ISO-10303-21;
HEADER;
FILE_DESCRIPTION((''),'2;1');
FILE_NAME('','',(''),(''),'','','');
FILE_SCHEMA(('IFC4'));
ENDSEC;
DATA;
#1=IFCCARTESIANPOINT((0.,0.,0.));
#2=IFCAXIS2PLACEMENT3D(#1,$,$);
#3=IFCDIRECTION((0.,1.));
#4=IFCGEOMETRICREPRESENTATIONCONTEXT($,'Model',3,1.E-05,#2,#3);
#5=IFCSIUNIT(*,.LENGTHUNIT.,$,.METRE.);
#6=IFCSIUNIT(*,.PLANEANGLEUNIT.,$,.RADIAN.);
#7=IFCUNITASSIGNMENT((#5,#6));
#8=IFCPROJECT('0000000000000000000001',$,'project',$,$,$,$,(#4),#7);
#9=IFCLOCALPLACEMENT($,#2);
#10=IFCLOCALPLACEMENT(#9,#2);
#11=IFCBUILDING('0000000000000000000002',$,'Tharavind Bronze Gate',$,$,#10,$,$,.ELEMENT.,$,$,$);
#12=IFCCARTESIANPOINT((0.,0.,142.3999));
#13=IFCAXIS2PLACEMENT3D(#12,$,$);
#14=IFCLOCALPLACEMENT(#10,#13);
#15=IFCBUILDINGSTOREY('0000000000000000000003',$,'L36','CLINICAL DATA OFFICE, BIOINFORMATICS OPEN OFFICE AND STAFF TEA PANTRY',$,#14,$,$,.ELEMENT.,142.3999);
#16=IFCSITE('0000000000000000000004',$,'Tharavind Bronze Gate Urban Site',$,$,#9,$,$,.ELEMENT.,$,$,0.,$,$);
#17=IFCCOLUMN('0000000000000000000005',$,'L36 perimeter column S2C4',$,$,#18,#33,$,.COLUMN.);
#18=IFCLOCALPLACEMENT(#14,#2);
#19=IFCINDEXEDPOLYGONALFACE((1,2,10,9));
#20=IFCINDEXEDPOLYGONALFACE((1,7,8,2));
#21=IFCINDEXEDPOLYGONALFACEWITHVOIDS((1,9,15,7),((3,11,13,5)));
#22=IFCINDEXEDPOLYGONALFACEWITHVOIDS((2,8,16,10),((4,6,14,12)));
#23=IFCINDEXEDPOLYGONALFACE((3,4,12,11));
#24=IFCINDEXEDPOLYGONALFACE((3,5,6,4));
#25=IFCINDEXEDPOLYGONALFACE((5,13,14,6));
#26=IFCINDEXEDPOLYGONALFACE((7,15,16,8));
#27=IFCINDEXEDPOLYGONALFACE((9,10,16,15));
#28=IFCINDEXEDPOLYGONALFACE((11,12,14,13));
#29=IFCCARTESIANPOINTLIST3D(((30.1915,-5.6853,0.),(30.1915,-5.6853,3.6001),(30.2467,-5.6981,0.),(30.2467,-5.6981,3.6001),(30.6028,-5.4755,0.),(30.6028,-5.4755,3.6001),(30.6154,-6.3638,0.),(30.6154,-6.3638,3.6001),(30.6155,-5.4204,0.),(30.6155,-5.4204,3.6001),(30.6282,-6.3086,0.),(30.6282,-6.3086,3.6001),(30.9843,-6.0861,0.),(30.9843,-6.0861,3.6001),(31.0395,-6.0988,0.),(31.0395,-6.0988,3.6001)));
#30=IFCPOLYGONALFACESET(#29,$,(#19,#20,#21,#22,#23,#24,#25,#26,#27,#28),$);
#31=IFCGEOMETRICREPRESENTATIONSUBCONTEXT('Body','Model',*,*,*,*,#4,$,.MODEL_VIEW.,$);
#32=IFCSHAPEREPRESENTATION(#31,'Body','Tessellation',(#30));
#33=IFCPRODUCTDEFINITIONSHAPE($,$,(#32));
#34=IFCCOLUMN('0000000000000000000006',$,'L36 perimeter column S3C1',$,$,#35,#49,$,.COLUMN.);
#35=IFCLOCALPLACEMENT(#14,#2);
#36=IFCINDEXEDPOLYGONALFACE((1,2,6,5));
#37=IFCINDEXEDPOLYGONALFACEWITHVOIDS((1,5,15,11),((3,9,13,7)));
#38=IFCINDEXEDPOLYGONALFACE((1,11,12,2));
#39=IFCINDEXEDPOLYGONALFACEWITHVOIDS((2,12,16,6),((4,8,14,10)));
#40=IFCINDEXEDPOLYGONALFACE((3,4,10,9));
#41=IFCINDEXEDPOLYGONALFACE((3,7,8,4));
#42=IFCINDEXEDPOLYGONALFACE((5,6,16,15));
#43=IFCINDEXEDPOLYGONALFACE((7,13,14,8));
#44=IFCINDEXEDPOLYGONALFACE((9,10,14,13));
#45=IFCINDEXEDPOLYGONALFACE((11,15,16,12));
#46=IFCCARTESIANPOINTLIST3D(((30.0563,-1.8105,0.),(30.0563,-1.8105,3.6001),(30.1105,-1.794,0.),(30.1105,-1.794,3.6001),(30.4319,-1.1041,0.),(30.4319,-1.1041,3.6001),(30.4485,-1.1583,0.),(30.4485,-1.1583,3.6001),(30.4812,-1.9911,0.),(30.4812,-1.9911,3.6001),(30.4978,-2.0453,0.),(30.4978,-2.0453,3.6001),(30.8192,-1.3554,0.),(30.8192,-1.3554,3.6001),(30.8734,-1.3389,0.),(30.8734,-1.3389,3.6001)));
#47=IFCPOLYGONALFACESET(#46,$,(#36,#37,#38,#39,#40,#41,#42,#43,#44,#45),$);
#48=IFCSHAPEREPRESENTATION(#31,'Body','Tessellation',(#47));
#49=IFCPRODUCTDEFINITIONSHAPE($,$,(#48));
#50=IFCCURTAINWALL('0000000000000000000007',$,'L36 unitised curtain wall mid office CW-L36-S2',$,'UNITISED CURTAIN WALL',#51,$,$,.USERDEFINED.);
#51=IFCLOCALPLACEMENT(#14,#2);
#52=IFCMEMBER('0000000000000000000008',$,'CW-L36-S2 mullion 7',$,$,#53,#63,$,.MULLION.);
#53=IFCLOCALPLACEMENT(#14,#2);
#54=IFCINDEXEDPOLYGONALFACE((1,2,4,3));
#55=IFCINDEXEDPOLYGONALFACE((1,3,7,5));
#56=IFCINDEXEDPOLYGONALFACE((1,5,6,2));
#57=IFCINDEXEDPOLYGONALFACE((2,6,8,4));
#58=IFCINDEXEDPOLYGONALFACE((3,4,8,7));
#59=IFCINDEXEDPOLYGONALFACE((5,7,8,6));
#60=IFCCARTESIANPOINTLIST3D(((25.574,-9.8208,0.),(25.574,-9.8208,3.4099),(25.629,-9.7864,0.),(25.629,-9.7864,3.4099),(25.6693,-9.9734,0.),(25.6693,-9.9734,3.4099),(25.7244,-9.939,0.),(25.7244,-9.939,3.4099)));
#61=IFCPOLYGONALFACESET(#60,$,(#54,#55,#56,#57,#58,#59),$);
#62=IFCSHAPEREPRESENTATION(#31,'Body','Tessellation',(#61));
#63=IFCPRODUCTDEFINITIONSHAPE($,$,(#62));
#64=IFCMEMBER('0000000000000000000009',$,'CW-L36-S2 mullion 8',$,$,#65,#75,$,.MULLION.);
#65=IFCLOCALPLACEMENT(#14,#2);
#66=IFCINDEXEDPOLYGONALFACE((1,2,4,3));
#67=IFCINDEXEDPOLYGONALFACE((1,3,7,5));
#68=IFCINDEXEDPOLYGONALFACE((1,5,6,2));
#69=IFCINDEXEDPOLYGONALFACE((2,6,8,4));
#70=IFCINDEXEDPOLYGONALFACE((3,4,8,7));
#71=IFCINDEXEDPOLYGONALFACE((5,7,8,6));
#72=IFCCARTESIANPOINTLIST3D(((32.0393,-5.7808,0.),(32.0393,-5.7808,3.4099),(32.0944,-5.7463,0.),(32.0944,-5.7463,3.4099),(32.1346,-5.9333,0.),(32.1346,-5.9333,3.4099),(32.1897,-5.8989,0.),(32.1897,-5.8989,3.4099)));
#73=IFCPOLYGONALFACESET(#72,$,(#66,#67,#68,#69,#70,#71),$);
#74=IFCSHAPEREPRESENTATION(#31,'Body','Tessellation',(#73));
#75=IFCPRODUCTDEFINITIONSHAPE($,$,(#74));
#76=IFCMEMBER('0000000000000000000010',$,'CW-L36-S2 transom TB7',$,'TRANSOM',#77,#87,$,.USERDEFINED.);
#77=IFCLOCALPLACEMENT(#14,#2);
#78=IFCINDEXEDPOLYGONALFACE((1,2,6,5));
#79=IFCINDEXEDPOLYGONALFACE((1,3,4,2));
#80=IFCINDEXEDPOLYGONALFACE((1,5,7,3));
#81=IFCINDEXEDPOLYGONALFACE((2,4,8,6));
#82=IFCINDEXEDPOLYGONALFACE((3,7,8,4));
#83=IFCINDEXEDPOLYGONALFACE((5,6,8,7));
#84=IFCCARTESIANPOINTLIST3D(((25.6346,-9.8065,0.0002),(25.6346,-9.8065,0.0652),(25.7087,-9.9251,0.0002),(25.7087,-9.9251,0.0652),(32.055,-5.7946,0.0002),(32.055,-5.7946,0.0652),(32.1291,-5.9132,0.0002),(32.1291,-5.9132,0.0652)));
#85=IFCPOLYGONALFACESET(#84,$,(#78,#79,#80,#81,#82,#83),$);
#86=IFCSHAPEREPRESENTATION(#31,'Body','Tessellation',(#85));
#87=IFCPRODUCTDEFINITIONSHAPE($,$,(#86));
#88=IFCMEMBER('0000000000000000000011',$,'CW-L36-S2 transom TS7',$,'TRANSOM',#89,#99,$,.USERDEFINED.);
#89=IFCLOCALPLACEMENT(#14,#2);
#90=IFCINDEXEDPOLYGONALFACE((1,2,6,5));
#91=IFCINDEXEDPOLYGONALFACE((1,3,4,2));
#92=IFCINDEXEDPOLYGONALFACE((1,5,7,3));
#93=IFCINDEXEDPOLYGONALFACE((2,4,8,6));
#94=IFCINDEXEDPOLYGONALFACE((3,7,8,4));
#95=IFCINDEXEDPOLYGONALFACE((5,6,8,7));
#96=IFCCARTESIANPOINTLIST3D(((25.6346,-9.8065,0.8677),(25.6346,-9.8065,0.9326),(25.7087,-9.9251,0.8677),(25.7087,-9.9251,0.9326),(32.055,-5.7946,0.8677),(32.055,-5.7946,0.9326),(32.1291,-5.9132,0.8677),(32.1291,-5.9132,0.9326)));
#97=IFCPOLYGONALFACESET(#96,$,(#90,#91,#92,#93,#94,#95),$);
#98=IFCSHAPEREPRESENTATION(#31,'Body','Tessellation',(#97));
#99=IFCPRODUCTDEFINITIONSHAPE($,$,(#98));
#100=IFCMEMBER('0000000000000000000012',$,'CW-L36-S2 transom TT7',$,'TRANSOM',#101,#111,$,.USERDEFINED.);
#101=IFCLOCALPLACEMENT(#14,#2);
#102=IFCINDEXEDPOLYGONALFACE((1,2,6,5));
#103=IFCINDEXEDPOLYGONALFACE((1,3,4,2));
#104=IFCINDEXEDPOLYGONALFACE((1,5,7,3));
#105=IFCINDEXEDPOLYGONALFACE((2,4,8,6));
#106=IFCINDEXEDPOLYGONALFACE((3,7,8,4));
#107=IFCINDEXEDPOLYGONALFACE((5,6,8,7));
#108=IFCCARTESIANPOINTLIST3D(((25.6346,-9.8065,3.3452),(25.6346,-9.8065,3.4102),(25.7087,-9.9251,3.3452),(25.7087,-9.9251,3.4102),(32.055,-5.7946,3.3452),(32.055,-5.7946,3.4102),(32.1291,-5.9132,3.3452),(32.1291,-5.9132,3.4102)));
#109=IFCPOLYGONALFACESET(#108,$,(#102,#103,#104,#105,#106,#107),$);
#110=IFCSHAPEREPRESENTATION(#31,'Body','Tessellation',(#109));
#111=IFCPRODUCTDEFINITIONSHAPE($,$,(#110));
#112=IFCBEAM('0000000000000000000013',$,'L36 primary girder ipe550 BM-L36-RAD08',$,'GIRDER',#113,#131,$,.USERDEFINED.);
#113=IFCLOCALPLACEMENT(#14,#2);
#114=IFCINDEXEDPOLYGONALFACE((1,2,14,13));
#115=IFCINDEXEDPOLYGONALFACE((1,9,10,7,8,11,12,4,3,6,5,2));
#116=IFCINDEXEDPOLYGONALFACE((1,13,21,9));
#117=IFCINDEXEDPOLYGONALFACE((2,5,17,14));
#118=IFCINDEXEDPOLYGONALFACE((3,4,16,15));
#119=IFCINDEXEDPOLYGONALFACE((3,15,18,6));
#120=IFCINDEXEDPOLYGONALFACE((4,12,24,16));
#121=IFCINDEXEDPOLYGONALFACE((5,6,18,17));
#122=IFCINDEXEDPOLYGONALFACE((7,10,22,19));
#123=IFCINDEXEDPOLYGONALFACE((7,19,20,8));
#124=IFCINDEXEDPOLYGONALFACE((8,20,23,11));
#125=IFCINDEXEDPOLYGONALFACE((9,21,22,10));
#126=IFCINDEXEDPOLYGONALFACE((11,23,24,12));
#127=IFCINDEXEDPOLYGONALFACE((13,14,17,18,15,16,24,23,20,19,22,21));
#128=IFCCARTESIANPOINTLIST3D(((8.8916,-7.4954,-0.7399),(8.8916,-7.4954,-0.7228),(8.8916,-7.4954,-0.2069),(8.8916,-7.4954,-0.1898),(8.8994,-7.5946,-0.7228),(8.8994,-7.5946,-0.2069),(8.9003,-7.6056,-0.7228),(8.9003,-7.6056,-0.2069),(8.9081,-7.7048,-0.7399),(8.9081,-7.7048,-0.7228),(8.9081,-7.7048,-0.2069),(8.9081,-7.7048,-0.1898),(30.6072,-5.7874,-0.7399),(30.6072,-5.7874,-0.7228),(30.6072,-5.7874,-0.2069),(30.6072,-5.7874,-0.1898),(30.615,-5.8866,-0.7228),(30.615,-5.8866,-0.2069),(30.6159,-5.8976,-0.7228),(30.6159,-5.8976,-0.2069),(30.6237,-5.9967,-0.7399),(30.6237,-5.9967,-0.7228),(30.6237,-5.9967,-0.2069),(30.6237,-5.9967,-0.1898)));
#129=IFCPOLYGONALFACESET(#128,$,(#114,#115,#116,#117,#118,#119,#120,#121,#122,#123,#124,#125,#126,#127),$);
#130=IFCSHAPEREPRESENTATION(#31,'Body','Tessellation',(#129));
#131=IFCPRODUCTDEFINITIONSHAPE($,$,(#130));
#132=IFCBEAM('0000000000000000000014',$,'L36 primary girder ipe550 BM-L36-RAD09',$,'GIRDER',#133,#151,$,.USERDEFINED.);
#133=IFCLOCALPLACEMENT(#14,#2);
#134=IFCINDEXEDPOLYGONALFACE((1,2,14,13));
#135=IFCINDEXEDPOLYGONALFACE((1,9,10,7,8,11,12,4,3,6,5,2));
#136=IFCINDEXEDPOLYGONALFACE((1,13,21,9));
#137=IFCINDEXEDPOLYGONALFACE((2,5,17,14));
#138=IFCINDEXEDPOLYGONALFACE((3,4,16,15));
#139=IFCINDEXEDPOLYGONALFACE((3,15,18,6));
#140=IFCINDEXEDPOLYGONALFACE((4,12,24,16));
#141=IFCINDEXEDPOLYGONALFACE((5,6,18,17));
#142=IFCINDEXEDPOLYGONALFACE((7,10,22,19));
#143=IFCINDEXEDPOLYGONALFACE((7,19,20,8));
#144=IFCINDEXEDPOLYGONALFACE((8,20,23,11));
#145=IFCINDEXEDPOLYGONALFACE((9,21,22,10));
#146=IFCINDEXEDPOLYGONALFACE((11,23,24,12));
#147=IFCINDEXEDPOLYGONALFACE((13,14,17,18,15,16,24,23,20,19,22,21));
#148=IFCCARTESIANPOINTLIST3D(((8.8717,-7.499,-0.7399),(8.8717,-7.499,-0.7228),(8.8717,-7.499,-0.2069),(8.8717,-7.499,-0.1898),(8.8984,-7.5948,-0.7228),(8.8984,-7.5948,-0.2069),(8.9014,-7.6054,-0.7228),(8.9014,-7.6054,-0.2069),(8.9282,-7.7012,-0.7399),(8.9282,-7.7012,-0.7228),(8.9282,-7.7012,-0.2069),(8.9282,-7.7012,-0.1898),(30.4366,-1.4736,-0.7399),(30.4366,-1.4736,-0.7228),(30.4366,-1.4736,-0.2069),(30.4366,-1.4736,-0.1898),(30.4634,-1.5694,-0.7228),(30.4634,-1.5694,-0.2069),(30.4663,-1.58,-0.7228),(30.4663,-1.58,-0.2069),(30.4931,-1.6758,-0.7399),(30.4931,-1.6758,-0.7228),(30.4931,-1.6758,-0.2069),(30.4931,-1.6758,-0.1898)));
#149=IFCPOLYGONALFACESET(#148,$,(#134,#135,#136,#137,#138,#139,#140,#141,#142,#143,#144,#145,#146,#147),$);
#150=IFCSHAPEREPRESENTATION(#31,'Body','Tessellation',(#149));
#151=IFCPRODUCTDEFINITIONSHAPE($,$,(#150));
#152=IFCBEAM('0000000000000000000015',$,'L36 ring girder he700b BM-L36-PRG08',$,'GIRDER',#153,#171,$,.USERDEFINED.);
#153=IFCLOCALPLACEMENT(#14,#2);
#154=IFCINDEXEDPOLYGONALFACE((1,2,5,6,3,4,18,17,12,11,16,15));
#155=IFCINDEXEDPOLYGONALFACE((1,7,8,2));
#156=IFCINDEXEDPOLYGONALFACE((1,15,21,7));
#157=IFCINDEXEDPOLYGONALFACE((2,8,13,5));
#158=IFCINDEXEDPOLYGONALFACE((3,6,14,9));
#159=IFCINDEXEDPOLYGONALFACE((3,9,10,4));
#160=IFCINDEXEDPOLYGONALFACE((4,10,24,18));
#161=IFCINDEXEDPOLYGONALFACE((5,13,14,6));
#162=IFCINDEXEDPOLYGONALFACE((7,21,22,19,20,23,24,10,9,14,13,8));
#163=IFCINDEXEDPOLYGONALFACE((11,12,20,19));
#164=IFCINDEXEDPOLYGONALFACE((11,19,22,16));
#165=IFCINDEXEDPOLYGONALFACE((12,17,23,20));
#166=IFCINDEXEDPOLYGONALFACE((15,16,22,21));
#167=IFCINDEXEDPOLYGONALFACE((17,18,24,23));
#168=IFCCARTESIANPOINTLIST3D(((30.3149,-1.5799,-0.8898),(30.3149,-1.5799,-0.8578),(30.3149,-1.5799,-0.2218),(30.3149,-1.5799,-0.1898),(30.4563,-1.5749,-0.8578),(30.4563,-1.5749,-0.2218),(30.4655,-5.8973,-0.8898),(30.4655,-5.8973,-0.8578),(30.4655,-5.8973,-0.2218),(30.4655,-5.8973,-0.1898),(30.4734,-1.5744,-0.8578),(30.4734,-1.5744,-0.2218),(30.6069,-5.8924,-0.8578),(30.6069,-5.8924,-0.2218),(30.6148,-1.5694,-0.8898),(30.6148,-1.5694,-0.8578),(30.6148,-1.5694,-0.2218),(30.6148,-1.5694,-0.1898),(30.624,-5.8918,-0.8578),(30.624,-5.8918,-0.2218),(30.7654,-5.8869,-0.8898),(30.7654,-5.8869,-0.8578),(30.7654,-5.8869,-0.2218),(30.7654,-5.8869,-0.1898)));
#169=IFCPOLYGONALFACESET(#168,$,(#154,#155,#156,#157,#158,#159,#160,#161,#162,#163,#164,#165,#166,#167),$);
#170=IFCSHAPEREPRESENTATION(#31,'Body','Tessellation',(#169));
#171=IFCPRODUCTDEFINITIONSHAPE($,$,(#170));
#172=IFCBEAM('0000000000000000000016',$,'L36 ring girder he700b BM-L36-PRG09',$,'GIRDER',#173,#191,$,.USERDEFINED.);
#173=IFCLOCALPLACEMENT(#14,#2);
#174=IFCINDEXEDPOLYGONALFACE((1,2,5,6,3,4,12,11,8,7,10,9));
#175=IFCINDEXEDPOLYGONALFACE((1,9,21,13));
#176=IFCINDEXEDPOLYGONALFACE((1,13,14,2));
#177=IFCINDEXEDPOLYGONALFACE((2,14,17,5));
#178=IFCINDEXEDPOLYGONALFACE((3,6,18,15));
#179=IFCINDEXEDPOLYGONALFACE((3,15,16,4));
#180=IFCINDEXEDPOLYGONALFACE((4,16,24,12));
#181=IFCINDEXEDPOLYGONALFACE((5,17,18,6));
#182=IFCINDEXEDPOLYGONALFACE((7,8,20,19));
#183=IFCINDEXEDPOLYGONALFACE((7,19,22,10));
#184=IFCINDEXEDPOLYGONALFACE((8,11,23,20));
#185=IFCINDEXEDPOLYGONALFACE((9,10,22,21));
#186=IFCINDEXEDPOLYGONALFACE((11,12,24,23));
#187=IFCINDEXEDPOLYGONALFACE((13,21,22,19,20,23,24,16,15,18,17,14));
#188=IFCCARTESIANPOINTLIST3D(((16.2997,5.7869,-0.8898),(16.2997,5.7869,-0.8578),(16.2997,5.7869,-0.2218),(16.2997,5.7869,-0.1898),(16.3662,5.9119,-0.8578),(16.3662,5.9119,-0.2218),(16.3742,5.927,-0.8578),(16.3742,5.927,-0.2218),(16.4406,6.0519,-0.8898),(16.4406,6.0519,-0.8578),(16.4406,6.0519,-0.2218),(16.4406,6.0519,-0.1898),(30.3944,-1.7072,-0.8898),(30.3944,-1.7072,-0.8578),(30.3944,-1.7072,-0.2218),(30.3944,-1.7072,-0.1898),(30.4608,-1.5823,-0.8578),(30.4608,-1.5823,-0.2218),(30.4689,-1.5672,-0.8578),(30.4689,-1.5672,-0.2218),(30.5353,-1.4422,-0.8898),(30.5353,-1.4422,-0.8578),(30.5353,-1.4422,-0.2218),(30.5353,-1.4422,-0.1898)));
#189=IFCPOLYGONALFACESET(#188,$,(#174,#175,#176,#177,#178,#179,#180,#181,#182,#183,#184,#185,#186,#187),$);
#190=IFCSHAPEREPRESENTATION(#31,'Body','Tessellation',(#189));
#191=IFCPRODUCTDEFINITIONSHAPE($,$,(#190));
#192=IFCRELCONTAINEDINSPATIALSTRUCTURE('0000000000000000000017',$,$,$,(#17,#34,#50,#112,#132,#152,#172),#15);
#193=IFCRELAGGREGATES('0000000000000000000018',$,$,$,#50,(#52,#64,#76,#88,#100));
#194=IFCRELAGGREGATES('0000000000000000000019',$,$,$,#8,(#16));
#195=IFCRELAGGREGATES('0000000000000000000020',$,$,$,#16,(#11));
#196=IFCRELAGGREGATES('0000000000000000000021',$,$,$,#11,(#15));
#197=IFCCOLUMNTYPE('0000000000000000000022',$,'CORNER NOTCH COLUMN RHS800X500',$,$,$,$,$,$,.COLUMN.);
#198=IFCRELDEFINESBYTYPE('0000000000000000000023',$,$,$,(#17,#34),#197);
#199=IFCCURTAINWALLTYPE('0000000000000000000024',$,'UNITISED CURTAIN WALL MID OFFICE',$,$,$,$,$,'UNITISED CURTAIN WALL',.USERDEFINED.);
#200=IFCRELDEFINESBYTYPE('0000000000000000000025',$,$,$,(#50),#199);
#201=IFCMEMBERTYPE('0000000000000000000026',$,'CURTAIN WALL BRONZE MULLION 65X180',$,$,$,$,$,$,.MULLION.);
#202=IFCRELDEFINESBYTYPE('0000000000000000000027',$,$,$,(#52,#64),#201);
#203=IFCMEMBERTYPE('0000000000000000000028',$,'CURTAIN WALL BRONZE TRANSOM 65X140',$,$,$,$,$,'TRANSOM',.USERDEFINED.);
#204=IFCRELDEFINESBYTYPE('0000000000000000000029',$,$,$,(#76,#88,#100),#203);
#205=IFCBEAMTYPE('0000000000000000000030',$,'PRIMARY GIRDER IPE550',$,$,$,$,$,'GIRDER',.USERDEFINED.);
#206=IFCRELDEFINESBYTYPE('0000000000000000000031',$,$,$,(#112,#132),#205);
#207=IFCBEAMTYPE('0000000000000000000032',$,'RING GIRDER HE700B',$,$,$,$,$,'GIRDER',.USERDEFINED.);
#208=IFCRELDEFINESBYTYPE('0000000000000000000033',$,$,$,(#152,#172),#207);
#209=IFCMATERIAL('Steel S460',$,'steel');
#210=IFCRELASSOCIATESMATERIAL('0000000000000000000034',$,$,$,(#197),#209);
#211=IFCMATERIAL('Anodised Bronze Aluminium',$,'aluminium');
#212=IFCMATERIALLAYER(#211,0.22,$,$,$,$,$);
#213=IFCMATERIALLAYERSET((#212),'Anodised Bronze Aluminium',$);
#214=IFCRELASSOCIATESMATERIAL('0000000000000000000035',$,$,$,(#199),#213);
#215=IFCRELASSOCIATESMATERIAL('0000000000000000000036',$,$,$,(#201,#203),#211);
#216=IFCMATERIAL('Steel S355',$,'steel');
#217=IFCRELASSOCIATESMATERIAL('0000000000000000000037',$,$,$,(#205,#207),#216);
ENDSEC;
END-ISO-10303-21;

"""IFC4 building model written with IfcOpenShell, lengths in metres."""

from ifc_helpers import new_model, si_unit, direction, frame, origin, origin_2d, place, context, subcontext, project, spatial, rectangle, hollow_rectangle, i_section, extrude, material, layer, layer_set, material_profile, profile_set, type_object, element, aggregate, save


model = new_model("IFC4")

# Units and contexts
model_context = context("Model", 3, precision=1e-05, world=origin(), true_north=direction((0.0, 1.0)))
body_context = subcontext(model_context, "Body", "Model", "MODEL_VIEW")
ifc_project = project(units=[si_unit("LENGTHUNIT", "METRE"), si_unit("PLANEANGLEUNIT", "RADIAN")], contexts=[model_context])

# Site, building, storey
site_placement = place(None, origin())
site = spatial("IfcSite", under=ifc_project, at=site_placement, Name="Tharavind Bronze Gate Urban Site", CompositionType="ELEMENT", RefElevation=0.0)
building_placement = place(site_placement, origin())
building = spatial("IfcBuilding", under=site, at=building_placement, Name="Tharavind Bronze Gate", CompositionType="ELEMENT")
storey_placement = place(building_placement, frame((0.0, 0.0, 142.3999)))
storey = spatial("IfcBuildingStorey", under=building, at=storey_placement, Name="L36", Description="CLINICAL DATA OFFICE, BIOINFORMATICS OPEN OFFICE AND STAFF TEA PANTRY", CompositionType="ELEMENT", Elevation=142.3999)

# Columns
ifc_material_1 = material(Name="Steel S460", Category="steel")
ifc_material_profile_1 = material_profile(ifc_material_1, hollow_rectangle(XDim=0.5, YDim=0.8, WallThickness=0.04, at=origin_2d()), Name="RHS800X500X40")
ifc_profile_set_1 = profile_set([ifc_material_profile_1], Name="Steel S460")
column_type = type_object("IfcColumnType", Name="CORNER NOTCH COLUMN RHS800X500", PredefinedType="COLUMN", material=ifc_profile_set_1)
for number, where, z_axis, x_axis, name in (
    (1, (30.6155, -5.8921, 0.0), (0.0, 0.0, 1.0), (0.848047, 0.529921, 0.0), "L36 perimeter column S2C4"),
    (2, (30.4648, -1.5747, 0.0), (0.0, 0.0, 1.0), (-0.882948, 0.46947, 0.0), "L36 perimeter column S3C1"),
):
    element("IfcColumn", number, at=place(storey_placement, frame(where, z_axis=z_axis, x_axis=x_axis)), inside=storey, type_object=column_type, Name=name, PredefinedType="COLUMN", context=body_context, shape_type="SweptSolid", body=[
        extrude(hollow_rectangle(XDim=0.5, YDim=0.8, WallThickness=0.04, at=origin_2d()), origin(), (0.0, 0.0, 1.0), 3.6001),
    ])

# Curtain wall, members
ifc_material_2 = material(Name="Anodised Bronze Aluminium", Category="aluminium")
ifc_layer_1 = layer(ifc_material_2, 0.22)
ifc_layer_set_1 = layer_set([ifc_layer_1], Name="Anodised Bronze Aluminium")
curtain_wall_type = type_object("IfcCurtainWallType", Name="UNITISED CURTAIN WALL MID OFFICE", ElementType="UNITISED CURTAIN WALL", PredefinedType="USERDEFINED", material=ifc_layer_set_1)
curtain_wall_placement = place(storey_placement, origin())
curtain_wall = element("IfcCurtainWall", 3, at=curtain_wall_placement, inside=storey, type_object=curtain_wall_type, Name="L36 unitised curtain wall mid office CW-L36-S2", ObjectType="UNITISED CURTAIN WALL", PredefinedType="USERDEFINED")
member_type_1 = type_object("IfcMemberType", Name="CURTAIN WALL BRONZE MULLION 65X180", PredefinedType="MULLION", material=ifc_material_2)
member_1_placement = place(storey_placement, frame((25.6492, -9.8799, 0.0), z_axis=(0.0, 0.0, 1.0), x_axis=(0.848048, 0.529919, 0.0)))
member_1 = element("IfcMember", 4, at=member_1_placement, type_object=member_type_1, Name="CW-L36-S2 mullion 7", PredefinedType="MULLION", context=body_context, shape_type="SweptSolid", body=[
    extrude(rectangle(XDim=0.0649, YDim=0.1799, at=origin_2d()), origin(), (0.0, 0.0, 1.0), 3.4099),
])
member_2_placement = place(storey_placement, frame((32.1145, -5.8398, 0.0), z_axis=(0.0, 0.0, 1.0), x_axis=(0.848048, 0.529919, 0.0)))
member_2 = element("IfcMember", 5, at=member_2_placement, type_object=member_type_1, Name="CW-L36-S2 mullion 8", PredefinedType="MULLION", context=body_context, shape_type="SweptSolid", body=[
    extrude(rectangle(XDim=0.0649, YDim=0.1799, at=origin_2d()), origin(), (0.0, 0.0, 1.0), 3.4099),
])
member_type_2 = type_object("IfcMemberType", Name="CURTAIN WALL BRONZE TRANSOM 65X140", ElementType="TRANSOM", PredefinedType="USERDEFINED", material=ifc_material_2)
member_3_placement = place(storey_placement, frame((28.8818, -7.8599, 0.0002), z_axis=(0.0, 0.0, 1.0), x_axis=(0.848048, 0.529919, 0.0)))
member_3 = element("IfcMember", 6, at=member_3_placement, type_object=member_type_2, Name="CW-L36-S2 transom TB7", ObjectType="TRANSOM", PredefinedType="USERDEFINED", context=body_context, shape_type="SweptSolid", body=[
    extrude(rectangle(XDim=7.5708, YDim=0.1399, at=origin_2d()), origin(), (0.0, 0.0, 1.0), 0.0649),
])
member_4_placement = place(storey_placement, frame((28.8818, -7.8599, 0.8677), z_axis=(0.0, 0.0, 1.0), x_axis=(0.848048, 0.529919, 0.0)))
member_4 = element("IfcMember", 7, at=member_4_placement, type_object=member_type_2, Name="CW-L36-S2 transom TS7", ObjectType="TRANSOM", PredefinedType="USERDEFINED", context=body_context, shape_type="SweptSolid", body=[
    extrude(rectangle(XDim=7.5708, YDim=0.1399, at=origin_2d()), origin(), (0.0, 0.0, 1.0), 0.0649),
])
member_5_placement = place(storey_placement, frame((28.8818, -7.8599, 3.3452), z_axis=(0.0, 0.0, 1.0), x_axis=(0.848048, 0.529919, 0.0)))
member_5 = element("IfcMember", 8, at=member_5_placement, type_object=member_type_2, Name="CW-L36-S2 transom TT7", ObjectType="TRANSOM", PredefinedType="USERDEFINED", context=body_context, shape_type="SweptSolid", body=[
    extrude(rectangle(XDim=7.5708, YDim=0.1399, at=origin_2d()), origin(), (0.0, 0.0, 1.0), 0.0649),
])

# Beams
ifc_material_3 = material(Name="Steel S355", Category="steel")
ifc_material_profile_2 = material_profile(ifc_material_3, i_section(OverallWidth=0.21, OverallDepth=0.55, WebThickness=0.011, FlangeThickness=0.0171, at=origin_2d()), Name="IPE550")
ifc_profile_set_2 = profile_set([ifc_material_profile_2], Name="Steel S355")
beam_type_1 = type_object("IfcBeamType", Name="PRIMARY GIRDER IPE550", ElementType="GIRDER", PredefinedType="USERDEFINED", material=ifc_profile_set_2)
beam_1_placement = place(storey_placement, frame((30.6155, -5.8921, -0.4648), z_axis=(-0.996921, -0.078411, 0.0), x_axis=(0.078411, -0.996921, 0.0)))
element("IfcBeam", 9, at=beam_1_placement, inside=storey, type_object=beam_type_1, Name="L36 primary girder ipe550 BM-L36-RAD08", ObjectType="GIRDER", PredefinedType="USERDEFINED", context=body_context, shape_type="SweptSolid", body=[
    extrude(i_section(OverallWidth=0.21, OverallDepth=0.55, WebThickness=0.011, FlangeThickness=0.0171, at=origin_2d()), origin(), (0.0, 0.0, 1.0), 21.7827),
])
beam_2_placement = place(storey_placement, frame((30.4648, -1.5747, -0.4648), z_axis=(-0.963112, -0.2691, 0.0), x_axis=(0.2691, -0.963112, 0.0)))
element("IfcBeam", 10, at=beam_2_placement, inside=storey, type_object=beam_type_1, Name="L36 primary girder ipe550 BM-L36-RAD09", ObjectType="GIRDER", PredefinedType="USERDEFINED", context=body_context, shape_type="SweptSolid", body=[
    extrude(i_section(OverallWidth=0.21, OverallDepth=0.55, WebThickness=0.011, FlangeThickness=0.0171, at=origin_2d()), origin(), (0.0, 0.0, 1.0), 22.3909),
])
ifc_material_profile_3 = material_profile(ifc_material_3, i_section(OverallWidth=0.3, OverallDepth=0.7, WebThickness=0.0171, FlangeThickness=0.032, at=origin_2d()), Name="HE700B")
ifc_profile_set_3 = profile_set([ifc_material_profile_3], Name="Steel S355")
beam_type_2 = type_object("IfcBeamType", Name="RING GIRDER HE700B", ElementType="GIRDER", PredefinedType="USERDEFINED", material=ifc_profile_set_3)
beam_3_placement = place(storey_placement, frame((30.6155, -5.8921, -0.5398), z_axis=(-0.034869, 0.999392, 0.0), x_axis=(-0.999392, -0.034869, 0.0)))
element("IfcBeam", 11, at=beam_3_placement, inside=storey, type_object=beam_type_2, Name="L36 ring girder he700b BM-L36-PRG08", ObjectType="GIRDER", PredefinedType="USERDEFINED", context=body_context, shape_type="SweptSolid", body=[
    extrude(i_section(OverallWidth=0.3, OverallDepth=0.7, WebThickness=0.0171, FlangeThickness=0.032, at=origin_2d()), origin(), (0.0, 0.0, 1.0), 4.3201),
])
beam_4_placement = place(storey_placement, frame((30.4648, -1.5747, -0.5398), z_axis=(-0.882952, 0.469464, 0.0), x_axis=(-0.469464, -0.882952, 0.0)))
element("IfcBeam", 12, at=beam_4_placement, inside=storey, type_object=beam_type_2, Name="L36 ring girder he700b BM-L36-PRG09", ObjectType="GIRDER", PredefinedType="USERDEFINED", context=body_context, shape_type="SweptSolid", body=[
    extrude(i_section(OverallWidth=0.3, OverallDepth=0.7, WebThickness=0.0171, FlangeThickness=0.032, at=origin_2d()), origin(), (0.0, 0.0, 1.0), 15.9631),
])

aggregate(curtain_wall, [member_1, member_2, member_3, member_4, member_5])

save(model, "model.ifc")
